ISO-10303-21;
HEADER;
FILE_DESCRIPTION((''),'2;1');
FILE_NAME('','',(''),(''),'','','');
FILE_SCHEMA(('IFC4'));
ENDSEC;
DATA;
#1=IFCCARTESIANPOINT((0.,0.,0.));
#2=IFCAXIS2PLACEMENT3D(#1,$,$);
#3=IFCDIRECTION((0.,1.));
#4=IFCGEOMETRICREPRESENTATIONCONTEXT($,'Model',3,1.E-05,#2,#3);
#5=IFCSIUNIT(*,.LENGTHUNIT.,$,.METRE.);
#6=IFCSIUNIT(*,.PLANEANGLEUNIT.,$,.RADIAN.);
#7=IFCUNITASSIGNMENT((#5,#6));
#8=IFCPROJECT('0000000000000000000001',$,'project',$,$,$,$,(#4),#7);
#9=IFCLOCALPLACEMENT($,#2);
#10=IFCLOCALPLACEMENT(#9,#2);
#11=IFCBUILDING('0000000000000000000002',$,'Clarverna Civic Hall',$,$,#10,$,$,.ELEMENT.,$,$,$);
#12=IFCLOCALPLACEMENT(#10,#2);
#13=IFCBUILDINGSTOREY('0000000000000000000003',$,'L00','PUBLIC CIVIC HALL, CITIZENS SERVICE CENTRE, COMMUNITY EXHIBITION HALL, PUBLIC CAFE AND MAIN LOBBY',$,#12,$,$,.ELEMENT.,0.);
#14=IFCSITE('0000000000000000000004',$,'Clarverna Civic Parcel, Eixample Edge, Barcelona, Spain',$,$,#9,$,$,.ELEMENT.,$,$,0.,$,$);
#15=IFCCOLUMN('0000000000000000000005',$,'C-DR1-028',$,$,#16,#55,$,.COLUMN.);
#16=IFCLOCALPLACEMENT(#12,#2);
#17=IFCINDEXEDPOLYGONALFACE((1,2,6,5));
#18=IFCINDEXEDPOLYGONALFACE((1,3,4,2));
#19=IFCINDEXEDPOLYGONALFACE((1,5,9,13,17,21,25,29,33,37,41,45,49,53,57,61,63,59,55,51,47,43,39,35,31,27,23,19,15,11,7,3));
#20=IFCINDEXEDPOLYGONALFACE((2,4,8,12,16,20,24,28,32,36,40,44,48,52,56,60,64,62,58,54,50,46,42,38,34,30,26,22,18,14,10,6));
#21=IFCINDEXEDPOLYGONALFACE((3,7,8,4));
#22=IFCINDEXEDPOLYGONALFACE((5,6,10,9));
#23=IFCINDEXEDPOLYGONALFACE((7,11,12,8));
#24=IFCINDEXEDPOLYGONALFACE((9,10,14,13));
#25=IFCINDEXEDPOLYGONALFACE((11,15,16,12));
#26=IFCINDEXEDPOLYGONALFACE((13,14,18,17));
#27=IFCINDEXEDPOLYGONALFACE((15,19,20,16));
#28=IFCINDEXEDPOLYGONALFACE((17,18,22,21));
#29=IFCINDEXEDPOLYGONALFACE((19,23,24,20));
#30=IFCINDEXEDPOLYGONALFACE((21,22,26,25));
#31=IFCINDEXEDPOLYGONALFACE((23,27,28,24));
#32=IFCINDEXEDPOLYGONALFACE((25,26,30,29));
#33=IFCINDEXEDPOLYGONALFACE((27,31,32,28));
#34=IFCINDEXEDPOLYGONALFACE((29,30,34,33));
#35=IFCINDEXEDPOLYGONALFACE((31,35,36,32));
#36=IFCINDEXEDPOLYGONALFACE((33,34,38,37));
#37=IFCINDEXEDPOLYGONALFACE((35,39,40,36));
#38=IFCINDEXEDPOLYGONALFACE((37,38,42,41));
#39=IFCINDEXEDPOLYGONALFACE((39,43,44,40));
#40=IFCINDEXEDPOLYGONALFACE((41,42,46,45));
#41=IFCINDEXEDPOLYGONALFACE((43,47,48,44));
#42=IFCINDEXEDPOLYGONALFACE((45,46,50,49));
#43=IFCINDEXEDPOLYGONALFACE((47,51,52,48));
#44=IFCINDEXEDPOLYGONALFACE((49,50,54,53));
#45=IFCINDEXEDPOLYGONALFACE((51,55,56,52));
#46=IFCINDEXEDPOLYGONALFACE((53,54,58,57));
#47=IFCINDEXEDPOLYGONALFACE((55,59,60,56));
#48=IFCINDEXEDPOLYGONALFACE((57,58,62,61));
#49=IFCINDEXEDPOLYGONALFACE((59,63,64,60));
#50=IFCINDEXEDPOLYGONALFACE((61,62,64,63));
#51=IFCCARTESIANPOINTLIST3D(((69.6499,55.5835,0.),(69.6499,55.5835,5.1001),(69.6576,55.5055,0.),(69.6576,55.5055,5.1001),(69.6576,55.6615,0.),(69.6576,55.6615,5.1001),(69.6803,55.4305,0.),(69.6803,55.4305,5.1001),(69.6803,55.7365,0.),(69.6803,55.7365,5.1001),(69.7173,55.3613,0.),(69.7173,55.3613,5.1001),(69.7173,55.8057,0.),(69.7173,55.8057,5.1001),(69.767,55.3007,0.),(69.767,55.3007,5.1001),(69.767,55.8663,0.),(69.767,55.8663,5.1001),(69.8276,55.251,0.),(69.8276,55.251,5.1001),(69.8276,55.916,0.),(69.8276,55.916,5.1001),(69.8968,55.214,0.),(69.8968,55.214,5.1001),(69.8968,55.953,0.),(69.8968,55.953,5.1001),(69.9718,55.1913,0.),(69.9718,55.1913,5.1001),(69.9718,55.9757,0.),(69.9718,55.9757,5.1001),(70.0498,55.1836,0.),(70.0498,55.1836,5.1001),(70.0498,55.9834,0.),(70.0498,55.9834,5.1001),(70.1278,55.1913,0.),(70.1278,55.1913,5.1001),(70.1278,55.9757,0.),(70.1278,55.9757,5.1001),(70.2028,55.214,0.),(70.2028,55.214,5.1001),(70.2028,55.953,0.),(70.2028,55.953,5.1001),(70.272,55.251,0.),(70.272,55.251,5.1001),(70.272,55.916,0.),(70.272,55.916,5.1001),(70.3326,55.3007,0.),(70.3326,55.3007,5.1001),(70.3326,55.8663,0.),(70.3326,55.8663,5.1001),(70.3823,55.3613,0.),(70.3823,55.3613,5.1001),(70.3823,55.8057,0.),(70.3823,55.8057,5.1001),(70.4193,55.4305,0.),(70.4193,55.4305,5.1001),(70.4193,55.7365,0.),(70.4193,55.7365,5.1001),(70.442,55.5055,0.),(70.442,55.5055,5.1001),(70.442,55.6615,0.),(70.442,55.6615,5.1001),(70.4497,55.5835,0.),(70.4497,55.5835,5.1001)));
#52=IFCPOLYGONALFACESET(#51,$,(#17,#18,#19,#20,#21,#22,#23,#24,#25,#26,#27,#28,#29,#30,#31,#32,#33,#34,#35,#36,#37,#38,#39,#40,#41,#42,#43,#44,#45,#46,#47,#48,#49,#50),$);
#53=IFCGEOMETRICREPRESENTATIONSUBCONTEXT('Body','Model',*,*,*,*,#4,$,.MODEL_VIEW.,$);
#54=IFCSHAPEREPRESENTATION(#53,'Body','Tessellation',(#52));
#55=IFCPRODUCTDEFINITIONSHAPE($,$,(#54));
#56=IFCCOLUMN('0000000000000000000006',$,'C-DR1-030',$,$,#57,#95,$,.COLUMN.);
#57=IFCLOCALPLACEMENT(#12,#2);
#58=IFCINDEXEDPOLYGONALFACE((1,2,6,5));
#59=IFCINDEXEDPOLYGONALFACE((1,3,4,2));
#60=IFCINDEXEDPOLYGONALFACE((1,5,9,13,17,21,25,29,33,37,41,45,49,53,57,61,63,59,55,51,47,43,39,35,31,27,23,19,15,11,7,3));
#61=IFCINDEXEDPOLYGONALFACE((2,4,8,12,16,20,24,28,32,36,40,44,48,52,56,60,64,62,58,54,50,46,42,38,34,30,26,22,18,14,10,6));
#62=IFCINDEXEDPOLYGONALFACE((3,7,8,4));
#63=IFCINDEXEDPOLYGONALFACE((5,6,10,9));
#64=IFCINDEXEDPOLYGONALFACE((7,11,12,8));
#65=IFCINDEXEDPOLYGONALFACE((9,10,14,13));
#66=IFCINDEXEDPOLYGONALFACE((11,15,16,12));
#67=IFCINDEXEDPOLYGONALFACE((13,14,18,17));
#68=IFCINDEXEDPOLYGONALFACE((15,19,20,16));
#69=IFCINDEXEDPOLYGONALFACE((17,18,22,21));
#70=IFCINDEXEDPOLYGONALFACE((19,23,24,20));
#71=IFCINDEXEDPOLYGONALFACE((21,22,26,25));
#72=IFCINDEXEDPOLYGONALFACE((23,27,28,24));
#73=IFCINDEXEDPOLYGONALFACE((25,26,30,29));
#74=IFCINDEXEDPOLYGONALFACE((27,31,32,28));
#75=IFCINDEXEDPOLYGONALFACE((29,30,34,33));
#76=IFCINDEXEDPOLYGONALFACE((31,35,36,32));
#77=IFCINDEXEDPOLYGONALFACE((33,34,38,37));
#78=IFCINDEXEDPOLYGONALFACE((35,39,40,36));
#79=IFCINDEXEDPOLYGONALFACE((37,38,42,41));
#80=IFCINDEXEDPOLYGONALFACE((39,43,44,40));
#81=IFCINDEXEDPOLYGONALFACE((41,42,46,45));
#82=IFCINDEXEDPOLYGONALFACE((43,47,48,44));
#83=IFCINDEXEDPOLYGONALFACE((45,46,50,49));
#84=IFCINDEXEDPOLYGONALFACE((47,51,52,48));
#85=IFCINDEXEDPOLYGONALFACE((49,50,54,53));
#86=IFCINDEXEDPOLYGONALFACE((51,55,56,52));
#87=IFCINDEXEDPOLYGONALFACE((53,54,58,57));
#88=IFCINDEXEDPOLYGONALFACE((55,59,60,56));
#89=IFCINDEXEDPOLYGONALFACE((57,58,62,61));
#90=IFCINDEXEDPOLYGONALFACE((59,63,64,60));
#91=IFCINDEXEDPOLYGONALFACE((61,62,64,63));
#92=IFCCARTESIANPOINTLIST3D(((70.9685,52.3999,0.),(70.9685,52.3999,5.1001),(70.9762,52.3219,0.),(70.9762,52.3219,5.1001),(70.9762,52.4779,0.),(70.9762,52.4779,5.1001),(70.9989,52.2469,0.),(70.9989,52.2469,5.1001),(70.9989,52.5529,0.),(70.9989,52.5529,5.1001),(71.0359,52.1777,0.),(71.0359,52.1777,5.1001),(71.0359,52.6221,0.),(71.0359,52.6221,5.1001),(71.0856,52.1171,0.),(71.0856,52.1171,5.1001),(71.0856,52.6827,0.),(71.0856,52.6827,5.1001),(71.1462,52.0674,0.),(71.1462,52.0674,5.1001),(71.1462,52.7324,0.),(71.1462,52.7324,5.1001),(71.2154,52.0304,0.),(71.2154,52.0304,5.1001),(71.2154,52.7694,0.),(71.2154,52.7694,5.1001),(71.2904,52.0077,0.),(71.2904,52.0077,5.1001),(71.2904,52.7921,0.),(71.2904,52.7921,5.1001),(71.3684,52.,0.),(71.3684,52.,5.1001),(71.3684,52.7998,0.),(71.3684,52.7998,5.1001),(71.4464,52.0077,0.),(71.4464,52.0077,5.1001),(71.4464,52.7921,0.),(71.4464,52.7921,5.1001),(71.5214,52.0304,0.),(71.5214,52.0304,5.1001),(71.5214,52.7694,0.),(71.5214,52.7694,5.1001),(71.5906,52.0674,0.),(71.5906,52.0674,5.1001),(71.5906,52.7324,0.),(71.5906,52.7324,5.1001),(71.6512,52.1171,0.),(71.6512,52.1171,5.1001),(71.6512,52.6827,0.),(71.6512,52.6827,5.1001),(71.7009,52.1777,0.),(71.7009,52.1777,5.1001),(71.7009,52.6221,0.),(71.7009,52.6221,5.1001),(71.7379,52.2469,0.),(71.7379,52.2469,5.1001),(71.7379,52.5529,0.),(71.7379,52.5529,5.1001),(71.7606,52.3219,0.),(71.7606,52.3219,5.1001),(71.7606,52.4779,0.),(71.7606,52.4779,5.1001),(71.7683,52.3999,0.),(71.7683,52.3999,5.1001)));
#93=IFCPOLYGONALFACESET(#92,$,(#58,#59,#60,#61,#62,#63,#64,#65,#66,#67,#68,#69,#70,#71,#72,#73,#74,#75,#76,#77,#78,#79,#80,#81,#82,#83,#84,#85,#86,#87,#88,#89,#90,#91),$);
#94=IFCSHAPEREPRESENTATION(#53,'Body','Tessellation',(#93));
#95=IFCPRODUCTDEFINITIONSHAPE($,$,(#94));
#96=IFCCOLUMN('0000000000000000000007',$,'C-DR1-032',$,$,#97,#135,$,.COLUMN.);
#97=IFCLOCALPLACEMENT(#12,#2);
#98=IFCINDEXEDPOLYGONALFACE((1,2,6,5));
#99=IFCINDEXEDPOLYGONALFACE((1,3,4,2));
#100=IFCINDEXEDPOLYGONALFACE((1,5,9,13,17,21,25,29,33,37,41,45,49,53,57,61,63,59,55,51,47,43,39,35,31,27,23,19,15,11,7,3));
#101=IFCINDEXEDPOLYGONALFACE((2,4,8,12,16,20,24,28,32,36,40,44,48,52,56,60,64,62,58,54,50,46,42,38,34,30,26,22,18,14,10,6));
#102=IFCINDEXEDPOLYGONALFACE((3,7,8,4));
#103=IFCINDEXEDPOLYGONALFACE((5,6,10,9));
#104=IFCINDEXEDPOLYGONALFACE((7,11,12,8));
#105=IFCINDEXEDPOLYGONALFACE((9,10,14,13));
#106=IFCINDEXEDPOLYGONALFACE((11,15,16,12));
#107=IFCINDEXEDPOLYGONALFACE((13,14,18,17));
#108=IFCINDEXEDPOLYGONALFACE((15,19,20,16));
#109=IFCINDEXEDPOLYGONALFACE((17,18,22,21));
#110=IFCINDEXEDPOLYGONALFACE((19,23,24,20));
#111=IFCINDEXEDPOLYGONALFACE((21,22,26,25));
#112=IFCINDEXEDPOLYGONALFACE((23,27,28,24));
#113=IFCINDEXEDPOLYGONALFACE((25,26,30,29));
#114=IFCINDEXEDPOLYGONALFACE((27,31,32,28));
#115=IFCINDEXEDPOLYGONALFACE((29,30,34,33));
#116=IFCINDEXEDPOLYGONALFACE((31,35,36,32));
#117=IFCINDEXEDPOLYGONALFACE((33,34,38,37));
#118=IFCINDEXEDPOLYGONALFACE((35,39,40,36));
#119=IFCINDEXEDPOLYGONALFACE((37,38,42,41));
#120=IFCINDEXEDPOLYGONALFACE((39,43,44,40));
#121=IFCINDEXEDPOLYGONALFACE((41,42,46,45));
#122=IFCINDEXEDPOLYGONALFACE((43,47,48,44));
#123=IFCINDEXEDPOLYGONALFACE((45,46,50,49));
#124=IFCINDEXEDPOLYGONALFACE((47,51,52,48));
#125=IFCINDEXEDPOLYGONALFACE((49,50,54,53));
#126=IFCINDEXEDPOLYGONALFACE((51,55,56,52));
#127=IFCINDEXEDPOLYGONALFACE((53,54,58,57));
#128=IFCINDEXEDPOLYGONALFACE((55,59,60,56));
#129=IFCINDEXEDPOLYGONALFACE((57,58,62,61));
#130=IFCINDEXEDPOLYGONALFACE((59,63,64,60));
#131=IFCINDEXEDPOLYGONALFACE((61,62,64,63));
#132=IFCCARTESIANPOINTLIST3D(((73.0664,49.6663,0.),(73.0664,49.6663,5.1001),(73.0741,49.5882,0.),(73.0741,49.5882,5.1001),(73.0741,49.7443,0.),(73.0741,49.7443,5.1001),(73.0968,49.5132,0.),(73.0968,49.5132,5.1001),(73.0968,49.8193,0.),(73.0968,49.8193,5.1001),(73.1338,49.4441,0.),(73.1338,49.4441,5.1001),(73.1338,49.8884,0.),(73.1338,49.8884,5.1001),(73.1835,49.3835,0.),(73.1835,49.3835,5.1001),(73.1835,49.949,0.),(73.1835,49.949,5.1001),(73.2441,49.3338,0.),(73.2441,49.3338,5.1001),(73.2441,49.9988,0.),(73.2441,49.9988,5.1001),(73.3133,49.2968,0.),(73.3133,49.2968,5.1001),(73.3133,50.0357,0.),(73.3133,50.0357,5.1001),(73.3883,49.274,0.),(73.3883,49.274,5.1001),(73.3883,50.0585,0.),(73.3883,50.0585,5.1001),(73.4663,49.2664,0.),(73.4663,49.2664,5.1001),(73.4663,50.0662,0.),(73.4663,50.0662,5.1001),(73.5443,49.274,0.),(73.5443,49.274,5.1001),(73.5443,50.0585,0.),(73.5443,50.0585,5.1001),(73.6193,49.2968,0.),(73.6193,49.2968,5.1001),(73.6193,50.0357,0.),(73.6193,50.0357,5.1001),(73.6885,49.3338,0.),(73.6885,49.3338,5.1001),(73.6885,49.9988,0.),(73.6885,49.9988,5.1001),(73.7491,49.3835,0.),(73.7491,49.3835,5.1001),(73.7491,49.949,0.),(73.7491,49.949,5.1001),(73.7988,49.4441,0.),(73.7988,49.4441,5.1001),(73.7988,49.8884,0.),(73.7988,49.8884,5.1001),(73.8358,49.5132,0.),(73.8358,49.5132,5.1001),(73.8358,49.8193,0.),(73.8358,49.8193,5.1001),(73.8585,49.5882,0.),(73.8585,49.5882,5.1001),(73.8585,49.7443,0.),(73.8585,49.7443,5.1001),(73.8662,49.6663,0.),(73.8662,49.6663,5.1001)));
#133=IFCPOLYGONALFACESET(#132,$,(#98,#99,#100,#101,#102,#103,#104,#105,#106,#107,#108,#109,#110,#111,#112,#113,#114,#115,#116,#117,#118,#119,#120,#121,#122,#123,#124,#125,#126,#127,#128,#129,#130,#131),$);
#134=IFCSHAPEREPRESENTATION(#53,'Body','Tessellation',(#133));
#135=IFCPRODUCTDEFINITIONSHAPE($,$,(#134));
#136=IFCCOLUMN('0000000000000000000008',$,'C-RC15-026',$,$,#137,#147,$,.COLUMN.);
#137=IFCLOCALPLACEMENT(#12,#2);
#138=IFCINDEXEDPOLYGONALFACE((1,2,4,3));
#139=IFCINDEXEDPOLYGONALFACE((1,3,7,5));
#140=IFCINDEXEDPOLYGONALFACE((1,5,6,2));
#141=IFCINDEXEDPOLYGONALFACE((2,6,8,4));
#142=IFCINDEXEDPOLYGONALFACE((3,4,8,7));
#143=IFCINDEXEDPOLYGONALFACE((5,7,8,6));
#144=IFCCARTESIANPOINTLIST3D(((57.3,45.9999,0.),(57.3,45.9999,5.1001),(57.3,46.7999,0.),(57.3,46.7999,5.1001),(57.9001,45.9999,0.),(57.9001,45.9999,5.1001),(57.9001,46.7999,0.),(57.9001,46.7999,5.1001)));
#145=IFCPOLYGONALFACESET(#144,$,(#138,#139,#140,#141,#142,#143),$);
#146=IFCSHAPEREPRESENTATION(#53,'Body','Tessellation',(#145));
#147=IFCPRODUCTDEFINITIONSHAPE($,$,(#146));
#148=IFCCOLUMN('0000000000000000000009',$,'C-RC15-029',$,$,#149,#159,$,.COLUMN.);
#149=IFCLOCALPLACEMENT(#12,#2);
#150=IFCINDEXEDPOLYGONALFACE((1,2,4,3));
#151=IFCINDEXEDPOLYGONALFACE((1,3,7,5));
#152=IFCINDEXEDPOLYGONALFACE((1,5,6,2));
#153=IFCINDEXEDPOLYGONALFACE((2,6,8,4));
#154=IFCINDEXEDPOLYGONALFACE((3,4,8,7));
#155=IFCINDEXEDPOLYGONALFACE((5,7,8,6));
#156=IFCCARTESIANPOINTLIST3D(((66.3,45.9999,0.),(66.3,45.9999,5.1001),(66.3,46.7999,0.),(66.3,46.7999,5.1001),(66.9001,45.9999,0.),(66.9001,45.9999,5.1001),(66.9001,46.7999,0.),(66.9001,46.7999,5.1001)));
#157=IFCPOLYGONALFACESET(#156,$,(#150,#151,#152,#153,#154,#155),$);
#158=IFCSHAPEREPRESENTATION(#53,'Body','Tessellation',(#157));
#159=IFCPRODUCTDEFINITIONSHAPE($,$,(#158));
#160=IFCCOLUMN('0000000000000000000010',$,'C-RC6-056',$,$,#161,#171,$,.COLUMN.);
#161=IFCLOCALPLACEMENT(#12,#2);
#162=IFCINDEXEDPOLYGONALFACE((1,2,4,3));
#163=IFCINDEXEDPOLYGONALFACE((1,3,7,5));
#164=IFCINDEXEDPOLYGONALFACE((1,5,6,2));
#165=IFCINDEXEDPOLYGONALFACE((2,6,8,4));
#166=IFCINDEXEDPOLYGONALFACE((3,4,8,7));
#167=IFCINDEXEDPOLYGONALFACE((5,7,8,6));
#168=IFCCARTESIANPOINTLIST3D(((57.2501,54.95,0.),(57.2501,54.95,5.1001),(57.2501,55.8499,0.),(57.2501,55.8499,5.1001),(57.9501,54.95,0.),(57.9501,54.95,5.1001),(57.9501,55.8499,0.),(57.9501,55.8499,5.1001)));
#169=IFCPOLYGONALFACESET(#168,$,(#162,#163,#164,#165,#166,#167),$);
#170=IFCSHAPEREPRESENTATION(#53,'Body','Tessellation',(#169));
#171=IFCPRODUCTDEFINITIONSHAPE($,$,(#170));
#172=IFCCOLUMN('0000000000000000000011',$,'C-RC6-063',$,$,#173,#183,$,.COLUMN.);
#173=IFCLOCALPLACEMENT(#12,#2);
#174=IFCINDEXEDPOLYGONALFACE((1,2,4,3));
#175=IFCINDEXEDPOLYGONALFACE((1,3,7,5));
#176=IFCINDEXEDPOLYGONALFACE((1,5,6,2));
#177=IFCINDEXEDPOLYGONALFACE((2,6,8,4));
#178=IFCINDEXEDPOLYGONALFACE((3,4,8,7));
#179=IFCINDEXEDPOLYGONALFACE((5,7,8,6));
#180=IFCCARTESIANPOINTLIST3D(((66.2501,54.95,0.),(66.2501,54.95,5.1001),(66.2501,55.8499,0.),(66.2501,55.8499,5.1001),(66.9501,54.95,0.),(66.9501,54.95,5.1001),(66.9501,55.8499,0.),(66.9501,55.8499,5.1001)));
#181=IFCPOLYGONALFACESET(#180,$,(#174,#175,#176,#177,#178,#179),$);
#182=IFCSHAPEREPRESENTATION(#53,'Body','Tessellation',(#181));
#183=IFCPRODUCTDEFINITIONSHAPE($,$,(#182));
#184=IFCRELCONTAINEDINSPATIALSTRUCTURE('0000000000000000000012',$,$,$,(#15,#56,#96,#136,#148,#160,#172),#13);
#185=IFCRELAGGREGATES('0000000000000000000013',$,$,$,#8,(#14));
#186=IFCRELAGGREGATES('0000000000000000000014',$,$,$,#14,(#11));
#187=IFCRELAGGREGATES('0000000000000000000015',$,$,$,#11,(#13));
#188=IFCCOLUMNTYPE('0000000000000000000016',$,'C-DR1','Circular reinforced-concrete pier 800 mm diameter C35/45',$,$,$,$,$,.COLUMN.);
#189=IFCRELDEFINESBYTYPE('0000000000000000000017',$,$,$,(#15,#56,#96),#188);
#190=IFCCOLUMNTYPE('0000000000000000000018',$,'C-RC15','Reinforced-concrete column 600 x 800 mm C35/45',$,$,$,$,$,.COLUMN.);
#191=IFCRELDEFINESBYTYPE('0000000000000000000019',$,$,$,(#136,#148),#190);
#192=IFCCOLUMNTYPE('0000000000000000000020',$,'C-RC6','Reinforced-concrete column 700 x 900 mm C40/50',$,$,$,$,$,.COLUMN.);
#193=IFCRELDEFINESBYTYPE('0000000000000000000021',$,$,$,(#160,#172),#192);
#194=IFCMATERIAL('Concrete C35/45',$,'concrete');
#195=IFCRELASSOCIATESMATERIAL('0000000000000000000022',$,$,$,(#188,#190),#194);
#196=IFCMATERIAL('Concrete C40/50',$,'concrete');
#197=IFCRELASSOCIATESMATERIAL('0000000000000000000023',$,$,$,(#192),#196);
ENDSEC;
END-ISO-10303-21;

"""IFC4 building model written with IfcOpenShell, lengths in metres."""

from ifc_helpers import new_model, si_unit, direction, frame, origin, origin_2d, place, context, subcontext, project, spatial, rectangle, circle, extrude, material, material_profile, profile_set, type_object, element, save


model = new_model("IFC4")

# Units and contexts
model_context = context("Model", 3, precision=1e-05, world=origin(), true_north=direction((0.0, 1.0)))
body_context = subcontext(model_context, "Body", "Model", "MODEL_VIEW")
ifc_project = project(units=[si_unit("LENGTHUNIT", "METRE"), si_unit("PLANEANGLEUNIT", "RADIAN")], contexts=[model_context])

# Site, building, storey
site_placement = place(None, origin())
site = spatial("IfcSite", under=ifc_project, at=site_placement, Name="Clarverna Civic Parcel, Eixample Edge, Barcelona, Spain", CompositionType="ELEMENT", RefElevation=0.0)
building_placement = place(site_placement, origin())
building = spatial("IfcBuilding", under=site, at=building_placement, Name="Clarverna Civic Hall", CompositionType="ELEMENT")
storey_placement = place(building_placement, origin())
storey = spatial("IfcBuildingStorey", under=building, at=storey_placement, Name="L00", Description="PUBLIC CIVIC HALL, CITIZENS SERVICE CENTRE, COMMUNITY EXHIBITION HALL, PUBLIC CAFE AND MAIN LOBBY", CompositionType="ELEMENT", Elevation=0.0)

# Columns
ifc_material_1 = material(Name="Concrete C35/45", Category="concrete")
ifc_material_profile_1 = material_profile(ifc_material_1, circle(Radius=0.3999, at=origin_2d()), Name="RC D800")
ifc_profile_set_1 = profile_set([ifc_material_profile_1], Name="Concrete C35/45")
column_type_1 = type_object("IfcColumnType", Name="C-DR1", Description="Circular reinforced-concrete pier 800 mm diameter C35/45", PredefinedType="COLUMN", material=ifc_profile_set_1)
for number, where, z_axis, x_axis, name in (
    (1, (70.0498, 55.5835, 0.0), (0.0, 0.0, 1.0), (1.0, 0.0, 0.0), "C-DR1-028"),
    (2, (71.3684, 52.3999, 0.0), (0.0, 0.0, 1.0), (1.0, 0.0, 0.0), "C-DR1-030"),
    (3, (73.4663, 49.6663, 0.0), (0.0, 0.0, 1.0), (1.0, 0.0, 0.0), "C-DR1-032"),
):
    element("IfcColumn", number, at=place(storey_placement, frame(where, z_axis=z_axis, x_axis=x_axis)), inside=storey, type_object=column_type_1, Name=name, PredefinedType="COLUMN", context=body_context, shape_type="SweptSolid", body=[
        extrude(circle(Radius=0.3999, at=origin_2d()), origin(), (0.0, 0.0, 1.0), 5.1001),
    ])
ifc_material_profile_2 = material_profile(ifc_material_1, rectangle(XDim=0.6001, YDim=0.8, at=origin_2d()), Name="RC 600x800")
ifc_profile_set_2 = profile_set([ifc_material_profile_2], Name="Concrete C35/45")
column_type_2 = type_object("IfcColumnType", Name="C-RC15", Description="Reinforced-concrete column 600 x 800 mm C35/45", PredefinedType="COLUMN", material=ifc_profile_set_2)
for number, where, z_axis, x_axis, name in (
    (4, (57.6001, 46.3999, 0.0), (0.0, 0.0, 1.0), (1.0, 0.0, 0.0), "C-RC15-026"),
    (5, (66.6001, 46.3999, 0.0), (0.0, 0.0, 1.0), (1.0, 0.0, 0.0), "C-RC15-029"),
):
    element("IfcColumn", number, at=place(storey_placement, frame(where, z_axis=z_axis, x_axis=x_axis)), inside=storey, type_object=column_type_2, Name=name, PredefinedType="COLUMN", context=body_context, shape_type="SweptSolid", body=[
        extrude(rectangle(XDim=0.6001, YDim=0.8, at=origin_2d()), origin(), (0.0, 0.0, 1.0), 5.1001),
    ])
ifc_material_2 = material(Name="Concrete C40/50", Category="concrete")
ifc_material_profile_3 = material_profile(ifc_material_2, rectangle(XDim=0.7, YDim=0.8999, at=origin_2d()), Name="RC 700x900")
ifc_profile_set_3 = profile_set([ifc_material_profile_3], Name="Concrete C40/50")
column_type_3 = type_object("IfcColumnType", Name="C-RC6", Description="Reinforced-concrete column 700 x 900 mm C40/50", PredefinedType="COLUMN", material=ifc_profile_set_3)
for number, where, z_axis, x_axis, name in (
    (6, (57.6001, 55.3999, 0.0), (0.0, 0.0, 1.0), (1.0, 0.0, 0.0), "C-RC6-056"),
    (7, (66.6001, 55.3999, 0.0), (0.0, 0.0, 1.0), (1.0, 0.0, 0.0), "C-RC6-063"),
):
    element("IfcColumn", number, at=place(storey_placement, frame(where, z_axis=z_axis, x_axis=x_axis)), inside=storey, type_object=column_type_3, Name=name, PredefinedType="COLUMN", context=body_context, shape_type="SweptSolid", body=[
        extrude(rectangle(XDim=0.7, YDim=0.8999, at=origin_2d()), origin(), (0.0, 0.0, 1.0), 5.1001),
    ])

save(model, "model.ifc")
